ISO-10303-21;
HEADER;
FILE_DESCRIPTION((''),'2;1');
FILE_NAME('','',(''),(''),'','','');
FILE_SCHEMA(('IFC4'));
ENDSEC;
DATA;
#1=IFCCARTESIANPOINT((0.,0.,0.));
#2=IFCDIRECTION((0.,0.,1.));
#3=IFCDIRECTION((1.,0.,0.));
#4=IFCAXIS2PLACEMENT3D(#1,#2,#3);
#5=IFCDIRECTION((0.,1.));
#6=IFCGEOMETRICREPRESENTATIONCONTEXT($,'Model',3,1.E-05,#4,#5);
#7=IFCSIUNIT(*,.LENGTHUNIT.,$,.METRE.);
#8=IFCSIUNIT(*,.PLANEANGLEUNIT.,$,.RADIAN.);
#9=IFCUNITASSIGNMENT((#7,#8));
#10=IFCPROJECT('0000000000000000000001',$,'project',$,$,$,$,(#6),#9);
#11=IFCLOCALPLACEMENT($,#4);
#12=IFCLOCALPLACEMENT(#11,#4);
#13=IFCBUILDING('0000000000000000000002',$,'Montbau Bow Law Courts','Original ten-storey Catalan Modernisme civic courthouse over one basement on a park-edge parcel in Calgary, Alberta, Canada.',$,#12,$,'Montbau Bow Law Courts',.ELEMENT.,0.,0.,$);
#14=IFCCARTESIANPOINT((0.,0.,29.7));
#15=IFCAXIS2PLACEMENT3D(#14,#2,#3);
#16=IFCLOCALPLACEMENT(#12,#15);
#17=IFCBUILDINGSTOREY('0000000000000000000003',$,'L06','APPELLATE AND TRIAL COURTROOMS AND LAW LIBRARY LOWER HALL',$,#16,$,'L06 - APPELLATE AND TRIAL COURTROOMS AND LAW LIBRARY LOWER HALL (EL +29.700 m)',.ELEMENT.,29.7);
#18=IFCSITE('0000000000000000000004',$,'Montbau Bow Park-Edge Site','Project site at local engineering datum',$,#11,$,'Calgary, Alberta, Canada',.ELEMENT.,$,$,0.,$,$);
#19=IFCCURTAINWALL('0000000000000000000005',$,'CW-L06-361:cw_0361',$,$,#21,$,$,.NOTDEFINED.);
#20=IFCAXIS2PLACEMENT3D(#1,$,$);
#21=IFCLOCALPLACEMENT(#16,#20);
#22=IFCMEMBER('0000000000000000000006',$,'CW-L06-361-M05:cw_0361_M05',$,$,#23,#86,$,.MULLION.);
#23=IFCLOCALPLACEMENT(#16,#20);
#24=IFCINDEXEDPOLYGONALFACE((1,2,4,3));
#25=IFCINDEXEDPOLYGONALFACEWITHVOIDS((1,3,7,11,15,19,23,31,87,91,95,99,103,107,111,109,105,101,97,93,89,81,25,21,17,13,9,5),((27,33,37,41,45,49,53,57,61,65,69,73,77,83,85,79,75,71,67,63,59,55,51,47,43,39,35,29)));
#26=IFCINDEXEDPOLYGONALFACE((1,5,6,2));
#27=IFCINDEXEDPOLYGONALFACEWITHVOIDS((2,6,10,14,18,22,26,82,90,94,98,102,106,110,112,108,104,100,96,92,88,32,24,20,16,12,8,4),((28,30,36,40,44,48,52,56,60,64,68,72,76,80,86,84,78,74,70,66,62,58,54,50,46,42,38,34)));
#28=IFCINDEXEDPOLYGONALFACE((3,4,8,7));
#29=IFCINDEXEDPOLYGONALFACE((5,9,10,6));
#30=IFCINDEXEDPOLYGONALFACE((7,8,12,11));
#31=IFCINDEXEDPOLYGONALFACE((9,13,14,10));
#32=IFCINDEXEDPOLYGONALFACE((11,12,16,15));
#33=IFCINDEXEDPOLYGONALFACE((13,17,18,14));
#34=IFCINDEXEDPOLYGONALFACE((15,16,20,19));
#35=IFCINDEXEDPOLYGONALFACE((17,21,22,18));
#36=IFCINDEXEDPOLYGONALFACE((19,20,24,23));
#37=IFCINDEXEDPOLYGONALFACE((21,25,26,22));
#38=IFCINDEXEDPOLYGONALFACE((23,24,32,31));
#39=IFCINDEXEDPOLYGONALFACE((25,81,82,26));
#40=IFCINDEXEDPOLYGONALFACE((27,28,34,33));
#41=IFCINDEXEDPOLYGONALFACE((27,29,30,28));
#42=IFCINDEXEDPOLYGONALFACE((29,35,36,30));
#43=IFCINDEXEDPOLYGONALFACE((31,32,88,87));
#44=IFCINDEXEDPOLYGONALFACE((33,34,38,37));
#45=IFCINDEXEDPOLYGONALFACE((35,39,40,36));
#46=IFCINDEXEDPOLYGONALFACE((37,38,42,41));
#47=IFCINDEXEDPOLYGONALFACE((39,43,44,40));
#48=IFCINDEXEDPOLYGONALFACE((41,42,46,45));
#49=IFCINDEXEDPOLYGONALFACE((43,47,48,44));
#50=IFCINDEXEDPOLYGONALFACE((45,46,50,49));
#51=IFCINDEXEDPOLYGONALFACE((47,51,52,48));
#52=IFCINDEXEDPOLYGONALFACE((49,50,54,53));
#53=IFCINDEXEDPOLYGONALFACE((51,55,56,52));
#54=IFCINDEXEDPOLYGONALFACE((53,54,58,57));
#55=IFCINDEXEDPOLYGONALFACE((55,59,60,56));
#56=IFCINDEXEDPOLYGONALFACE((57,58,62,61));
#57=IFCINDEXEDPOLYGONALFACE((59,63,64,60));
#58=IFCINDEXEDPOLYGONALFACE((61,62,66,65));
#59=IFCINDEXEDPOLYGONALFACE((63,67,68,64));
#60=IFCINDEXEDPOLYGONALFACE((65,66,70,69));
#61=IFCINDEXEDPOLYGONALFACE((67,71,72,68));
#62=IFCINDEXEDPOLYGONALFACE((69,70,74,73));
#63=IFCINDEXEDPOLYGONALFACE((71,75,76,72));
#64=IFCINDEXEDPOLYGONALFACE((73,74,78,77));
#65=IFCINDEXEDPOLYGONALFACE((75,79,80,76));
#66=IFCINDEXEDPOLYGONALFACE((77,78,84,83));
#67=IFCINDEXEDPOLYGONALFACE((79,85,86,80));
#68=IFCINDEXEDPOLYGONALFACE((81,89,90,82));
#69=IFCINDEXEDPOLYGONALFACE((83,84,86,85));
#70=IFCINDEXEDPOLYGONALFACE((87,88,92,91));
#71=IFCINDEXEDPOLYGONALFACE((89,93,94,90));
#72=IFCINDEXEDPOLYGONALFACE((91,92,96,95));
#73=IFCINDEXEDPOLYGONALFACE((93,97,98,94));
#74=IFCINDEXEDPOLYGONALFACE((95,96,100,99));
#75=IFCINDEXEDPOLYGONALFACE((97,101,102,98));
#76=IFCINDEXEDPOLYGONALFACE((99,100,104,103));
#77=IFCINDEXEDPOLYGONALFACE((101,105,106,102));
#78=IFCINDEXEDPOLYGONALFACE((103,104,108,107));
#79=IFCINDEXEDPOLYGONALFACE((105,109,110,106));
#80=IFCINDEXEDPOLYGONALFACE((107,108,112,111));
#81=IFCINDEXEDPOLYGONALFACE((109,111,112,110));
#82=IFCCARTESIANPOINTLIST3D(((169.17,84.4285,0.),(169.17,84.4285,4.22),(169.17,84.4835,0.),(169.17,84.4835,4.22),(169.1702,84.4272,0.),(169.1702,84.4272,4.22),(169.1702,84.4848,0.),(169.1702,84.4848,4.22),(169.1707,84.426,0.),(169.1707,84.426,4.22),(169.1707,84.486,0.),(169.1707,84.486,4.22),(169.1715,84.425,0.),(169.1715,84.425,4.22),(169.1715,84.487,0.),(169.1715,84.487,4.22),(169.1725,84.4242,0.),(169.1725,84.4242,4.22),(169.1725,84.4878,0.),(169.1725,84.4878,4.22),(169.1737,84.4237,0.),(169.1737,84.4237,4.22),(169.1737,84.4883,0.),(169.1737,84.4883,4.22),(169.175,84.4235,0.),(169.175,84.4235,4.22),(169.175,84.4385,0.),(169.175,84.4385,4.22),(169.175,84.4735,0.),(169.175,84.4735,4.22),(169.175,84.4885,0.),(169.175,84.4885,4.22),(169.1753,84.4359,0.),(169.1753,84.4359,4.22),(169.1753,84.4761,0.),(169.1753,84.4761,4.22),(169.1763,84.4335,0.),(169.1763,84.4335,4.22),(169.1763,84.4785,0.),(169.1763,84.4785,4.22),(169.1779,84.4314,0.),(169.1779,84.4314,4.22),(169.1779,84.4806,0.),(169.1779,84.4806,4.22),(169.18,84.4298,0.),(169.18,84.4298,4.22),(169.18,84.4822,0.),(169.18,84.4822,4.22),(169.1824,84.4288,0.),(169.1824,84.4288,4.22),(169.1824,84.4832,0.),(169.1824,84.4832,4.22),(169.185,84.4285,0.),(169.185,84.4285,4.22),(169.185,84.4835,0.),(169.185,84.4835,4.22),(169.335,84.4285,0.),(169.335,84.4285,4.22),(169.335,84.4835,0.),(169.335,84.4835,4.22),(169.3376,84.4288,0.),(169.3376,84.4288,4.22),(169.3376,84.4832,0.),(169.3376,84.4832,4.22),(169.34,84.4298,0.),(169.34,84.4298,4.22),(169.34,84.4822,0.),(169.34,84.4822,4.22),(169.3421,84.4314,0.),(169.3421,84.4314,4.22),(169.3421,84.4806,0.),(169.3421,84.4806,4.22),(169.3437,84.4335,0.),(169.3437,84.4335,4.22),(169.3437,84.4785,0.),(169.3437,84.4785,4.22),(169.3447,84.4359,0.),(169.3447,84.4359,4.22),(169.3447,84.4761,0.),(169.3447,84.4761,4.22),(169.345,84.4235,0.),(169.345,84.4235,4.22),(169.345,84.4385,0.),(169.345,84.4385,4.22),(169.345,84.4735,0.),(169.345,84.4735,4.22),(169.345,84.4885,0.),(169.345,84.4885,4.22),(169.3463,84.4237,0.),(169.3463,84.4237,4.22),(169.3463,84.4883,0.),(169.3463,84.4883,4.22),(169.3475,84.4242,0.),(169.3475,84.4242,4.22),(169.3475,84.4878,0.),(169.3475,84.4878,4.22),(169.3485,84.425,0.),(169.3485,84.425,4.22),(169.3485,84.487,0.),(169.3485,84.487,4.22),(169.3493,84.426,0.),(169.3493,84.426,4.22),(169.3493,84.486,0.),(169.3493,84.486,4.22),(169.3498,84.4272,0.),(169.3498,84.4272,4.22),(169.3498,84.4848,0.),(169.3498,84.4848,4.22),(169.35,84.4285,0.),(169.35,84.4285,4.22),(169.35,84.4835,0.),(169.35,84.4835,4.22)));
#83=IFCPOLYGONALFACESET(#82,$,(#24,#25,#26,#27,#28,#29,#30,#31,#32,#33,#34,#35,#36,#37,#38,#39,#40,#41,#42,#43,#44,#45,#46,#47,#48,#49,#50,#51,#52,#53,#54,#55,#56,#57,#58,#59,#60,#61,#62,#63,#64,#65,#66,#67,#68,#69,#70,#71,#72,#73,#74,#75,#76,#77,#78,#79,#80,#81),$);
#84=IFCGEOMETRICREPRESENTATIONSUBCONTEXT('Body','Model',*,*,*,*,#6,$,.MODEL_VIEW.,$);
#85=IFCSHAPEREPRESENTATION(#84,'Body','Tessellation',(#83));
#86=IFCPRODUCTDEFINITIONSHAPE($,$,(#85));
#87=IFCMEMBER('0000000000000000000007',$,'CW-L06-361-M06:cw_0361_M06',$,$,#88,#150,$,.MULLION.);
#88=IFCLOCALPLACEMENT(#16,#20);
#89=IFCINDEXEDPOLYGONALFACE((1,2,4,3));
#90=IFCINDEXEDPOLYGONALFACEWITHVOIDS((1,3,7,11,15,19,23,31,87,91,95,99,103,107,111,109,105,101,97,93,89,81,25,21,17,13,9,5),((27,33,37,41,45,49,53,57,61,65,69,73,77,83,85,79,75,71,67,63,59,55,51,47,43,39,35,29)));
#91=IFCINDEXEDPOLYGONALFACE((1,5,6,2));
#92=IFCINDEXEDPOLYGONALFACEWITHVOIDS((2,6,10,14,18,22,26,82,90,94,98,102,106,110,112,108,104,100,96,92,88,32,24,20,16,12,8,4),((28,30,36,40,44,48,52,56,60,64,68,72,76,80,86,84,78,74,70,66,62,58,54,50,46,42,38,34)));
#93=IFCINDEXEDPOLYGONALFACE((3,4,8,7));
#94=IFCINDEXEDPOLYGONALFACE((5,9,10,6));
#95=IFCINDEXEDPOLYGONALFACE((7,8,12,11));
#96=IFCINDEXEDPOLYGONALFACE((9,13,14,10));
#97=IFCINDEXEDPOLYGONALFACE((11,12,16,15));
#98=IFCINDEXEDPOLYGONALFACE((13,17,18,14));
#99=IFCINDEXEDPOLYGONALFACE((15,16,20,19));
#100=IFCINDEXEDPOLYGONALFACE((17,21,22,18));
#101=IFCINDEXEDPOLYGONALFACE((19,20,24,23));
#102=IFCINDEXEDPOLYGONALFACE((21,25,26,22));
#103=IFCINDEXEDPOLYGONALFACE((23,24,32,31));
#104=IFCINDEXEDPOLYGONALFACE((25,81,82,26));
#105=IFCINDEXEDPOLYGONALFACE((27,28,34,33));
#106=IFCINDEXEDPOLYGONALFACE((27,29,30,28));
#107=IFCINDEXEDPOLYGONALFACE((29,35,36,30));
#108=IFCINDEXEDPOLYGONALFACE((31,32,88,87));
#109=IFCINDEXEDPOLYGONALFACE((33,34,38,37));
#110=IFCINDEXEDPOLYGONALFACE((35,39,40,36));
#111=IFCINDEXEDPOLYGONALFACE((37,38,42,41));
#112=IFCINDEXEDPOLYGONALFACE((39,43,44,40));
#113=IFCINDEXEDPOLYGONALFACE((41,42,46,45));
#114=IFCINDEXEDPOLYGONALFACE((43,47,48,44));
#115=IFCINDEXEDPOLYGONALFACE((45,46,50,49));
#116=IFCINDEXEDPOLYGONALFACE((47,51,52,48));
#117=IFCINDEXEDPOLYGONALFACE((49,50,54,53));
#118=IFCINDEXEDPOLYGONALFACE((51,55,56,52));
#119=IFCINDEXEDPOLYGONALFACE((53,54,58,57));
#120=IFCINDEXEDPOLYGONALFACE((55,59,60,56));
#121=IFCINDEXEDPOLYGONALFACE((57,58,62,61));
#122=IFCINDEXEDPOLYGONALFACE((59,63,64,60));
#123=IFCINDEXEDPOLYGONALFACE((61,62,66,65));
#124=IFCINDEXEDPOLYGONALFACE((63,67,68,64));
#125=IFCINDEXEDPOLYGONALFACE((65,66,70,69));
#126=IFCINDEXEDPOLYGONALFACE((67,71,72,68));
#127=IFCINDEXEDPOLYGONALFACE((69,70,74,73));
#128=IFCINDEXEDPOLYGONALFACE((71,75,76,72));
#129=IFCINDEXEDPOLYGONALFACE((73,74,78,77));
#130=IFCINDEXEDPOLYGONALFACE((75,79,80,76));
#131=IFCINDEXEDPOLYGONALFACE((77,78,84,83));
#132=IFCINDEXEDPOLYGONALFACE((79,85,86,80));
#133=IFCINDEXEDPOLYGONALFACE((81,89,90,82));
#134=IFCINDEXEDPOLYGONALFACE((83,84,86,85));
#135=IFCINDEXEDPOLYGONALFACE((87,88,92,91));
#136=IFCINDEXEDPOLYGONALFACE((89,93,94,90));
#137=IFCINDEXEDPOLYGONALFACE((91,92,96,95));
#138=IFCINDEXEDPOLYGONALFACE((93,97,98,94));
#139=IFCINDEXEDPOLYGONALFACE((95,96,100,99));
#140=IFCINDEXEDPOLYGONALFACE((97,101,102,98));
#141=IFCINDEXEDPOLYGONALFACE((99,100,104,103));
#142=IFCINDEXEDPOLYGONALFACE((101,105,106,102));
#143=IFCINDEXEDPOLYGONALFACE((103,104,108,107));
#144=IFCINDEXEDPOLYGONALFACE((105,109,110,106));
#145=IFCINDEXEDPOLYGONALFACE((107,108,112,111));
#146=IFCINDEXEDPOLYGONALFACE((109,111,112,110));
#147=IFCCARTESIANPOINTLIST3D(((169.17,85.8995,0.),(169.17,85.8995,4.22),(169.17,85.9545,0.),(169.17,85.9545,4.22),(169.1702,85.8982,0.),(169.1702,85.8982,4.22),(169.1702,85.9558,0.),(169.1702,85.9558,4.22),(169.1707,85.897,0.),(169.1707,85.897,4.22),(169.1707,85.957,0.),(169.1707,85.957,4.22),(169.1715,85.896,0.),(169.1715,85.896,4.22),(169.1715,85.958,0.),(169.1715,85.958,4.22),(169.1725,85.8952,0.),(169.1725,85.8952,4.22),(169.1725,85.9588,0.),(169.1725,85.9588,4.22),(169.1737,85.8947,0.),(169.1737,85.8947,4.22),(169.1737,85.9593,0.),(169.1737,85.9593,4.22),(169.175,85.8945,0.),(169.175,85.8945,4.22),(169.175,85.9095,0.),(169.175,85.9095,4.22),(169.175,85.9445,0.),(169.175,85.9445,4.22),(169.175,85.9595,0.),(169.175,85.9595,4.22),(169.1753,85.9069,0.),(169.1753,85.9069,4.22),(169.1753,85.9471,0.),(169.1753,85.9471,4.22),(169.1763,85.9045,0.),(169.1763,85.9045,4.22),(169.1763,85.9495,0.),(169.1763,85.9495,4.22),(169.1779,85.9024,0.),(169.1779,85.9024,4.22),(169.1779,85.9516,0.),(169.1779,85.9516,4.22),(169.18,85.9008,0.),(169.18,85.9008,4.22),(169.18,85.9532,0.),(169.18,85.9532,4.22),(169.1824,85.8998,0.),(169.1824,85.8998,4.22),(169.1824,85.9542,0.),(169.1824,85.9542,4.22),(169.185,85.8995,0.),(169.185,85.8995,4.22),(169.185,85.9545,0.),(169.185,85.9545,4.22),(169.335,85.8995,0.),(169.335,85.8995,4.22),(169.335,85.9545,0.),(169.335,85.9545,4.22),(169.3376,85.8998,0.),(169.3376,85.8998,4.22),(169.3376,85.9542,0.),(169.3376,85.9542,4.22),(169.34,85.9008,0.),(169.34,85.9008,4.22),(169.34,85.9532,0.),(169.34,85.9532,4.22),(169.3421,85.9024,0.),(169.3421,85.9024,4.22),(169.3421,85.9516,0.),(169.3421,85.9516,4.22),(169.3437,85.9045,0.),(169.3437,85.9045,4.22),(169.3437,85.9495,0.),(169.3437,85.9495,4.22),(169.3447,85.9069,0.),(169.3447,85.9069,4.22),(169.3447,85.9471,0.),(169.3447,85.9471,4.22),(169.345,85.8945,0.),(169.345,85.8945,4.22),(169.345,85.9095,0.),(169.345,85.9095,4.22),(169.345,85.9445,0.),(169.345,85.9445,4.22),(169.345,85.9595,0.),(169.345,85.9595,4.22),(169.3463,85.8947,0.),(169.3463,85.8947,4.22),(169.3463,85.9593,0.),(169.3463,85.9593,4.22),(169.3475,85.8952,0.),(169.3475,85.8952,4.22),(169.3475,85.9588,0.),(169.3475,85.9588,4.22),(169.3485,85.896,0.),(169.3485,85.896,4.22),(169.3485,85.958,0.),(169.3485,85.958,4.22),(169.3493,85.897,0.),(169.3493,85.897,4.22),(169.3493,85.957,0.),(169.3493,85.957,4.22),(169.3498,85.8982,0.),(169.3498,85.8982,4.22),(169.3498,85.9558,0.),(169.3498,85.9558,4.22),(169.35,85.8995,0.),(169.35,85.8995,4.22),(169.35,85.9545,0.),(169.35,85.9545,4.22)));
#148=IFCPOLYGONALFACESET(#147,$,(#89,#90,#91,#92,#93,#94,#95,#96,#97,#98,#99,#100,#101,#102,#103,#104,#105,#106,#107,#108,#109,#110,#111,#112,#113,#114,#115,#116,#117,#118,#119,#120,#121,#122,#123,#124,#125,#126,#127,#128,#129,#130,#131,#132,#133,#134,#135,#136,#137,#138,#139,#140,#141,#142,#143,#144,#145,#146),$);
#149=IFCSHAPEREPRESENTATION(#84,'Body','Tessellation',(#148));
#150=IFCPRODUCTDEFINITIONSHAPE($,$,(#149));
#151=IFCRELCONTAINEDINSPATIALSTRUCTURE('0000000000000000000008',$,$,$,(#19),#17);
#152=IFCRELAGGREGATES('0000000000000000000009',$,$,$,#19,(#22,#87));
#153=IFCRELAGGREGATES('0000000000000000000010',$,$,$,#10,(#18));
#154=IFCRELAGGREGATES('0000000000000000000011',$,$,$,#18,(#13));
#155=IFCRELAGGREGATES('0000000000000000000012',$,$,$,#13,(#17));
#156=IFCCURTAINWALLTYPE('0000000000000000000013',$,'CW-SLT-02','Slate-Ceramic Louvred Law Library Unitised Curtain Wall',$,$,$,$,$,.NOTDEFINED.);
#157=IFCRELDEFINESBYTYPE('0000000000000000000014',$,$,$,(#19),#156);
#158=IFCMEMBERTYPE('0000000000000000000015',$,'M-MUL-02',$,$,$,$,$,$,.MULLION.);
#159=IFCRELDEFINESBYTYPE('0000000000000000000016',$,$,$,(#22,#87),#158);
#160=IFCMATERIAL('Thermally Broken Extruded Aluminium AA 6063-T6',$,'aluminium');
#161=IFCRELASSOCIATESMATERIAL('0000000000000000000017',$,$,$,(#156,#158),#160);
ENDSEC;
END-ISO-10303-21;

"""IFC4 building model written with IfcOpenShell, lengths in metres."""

from ifc_helpers import new_model, si_unit, direction, frame, origin_with_axes, origin_2d_with_axis, place, context, subcontext, project, spatial, hollow_rectangle, extrude, material, material_profile, profile_set, type_object, element, aggregate, save


model = new_model("IFC4")

# Units and contexts
model_context = context("Model", 3, precision=1e-05, world=origin_with_axes(), true_north=direction((0.0, 1.0)))
body_context = subcontext(model_context, "Body", "Model", "MODEL_VIEW")
ifc_project = project(units=[si_unit("LENGTHUNIT", "METRE"), si_unit("PLANEANGLEUNIT", "RADIAN")], contexts=[model_context])

# Site, building, storey
site_placement = place(None, origin_with_axes())
site = spatial("IfcSite", under=ifc_project, at=site_placement, Name="Montbau Bow Park-Edge Site", Description="Project site at local engineering datum", LongName="Calgary, Alberta, Canada", CompositionType="ELEMENT", RefElevation=0.0)
building_placement = place(site_placement, origin_with_axes())
building = spatial("IfcBuilding", under=site, at=building_placement, Name="Montbau Bow Law Courts", Description="Original ten-storey Catalan Modernisme civic courthouse over one basement on a park-edge parcel in Calgary, Alberta, Canada.", LongName="Montbau Bow Law Courts", CompositionType="ELEMENT", ElevationOfRefHeight=0.0, ElevationOfTerrain=0.0)
storey_placement = place(building_placement, frame((0.0, 0.0, 29.7), z_axis=(0.0, 0.0, 1.0), x_axis=(1.0, 0.0, 0.0)))
storey = spatial("IfcBuildingStorey", under=building, at=storey_placement, Name="L06", Description="APPELLATE AND TRIAL COURTROOMS AND LAW LIBRARY LOWER HALL", LongName="L06 - APPELLATE AND TRIAL COURTROOMS AND LAW LIBRARY LOWER HALL (EL +29.700 m)", CompositionType="ELEMENT", Elevation=29.7)

# Curtain wall, members
ifc_material_1 = material(Name="Thermally Broken Extruded Aluminium AA 6063-T6", Category="aluminium")
curtain_wall_type = type_object("IfcCurtainWallType", Name="CW-SLT-02", Description="Slate-Ceramic Louvred Law Library Unitised Curtain Wall", PredefinedType="NOTDEFINED", material=ifc_material_1)
curtain_wall_1_placement = place(None, frame((169.26, 78.44, 29.7), z_axis=(0.0, 0.0, 1.0), x_axis=(1.0, 0.0, 0.0)))
curtain_wall_1 = element("IfcCurtainWall", 1, at=curtain_wall_1_placement, inside=storey, type_object=curtain_wall_type, Name="CW-L06-361:cw_0361", PredefinedType="NOTDEFINED")
ifc_material_profile_1 = material_profile(ifc_material_1, hollow_rectangle(XDim=0.065, YDim=0.18, WallThickness=0.005, InnerFilletRadius=0.01, OuterFilletRadius=0.005, at=origin_2d_with_axis()), Name="CWM-180X65", Category="Main", Priority=0)
ifc_profile_set_1 = profile_set([ifc_material_profile_1], Name="Thermally Broken Extruded Aluminium AA 6063-T6")
member_type_1 = type_object("IfcMemberType", Name="M-MUL-02", PredefinedType="MULLION", material=ifc_profile_set_1)
member_1_placement = place(None, frame((169.26, 84.456, 29.7), z_axis=(0.0, 0.0, 1.0), x_axis=(0.0, 1.0, 0.0)))
member_1 = element("IfcMember", 2, at=member_1_placement, type_object=member_type_1, Name="CW-L06-361-M05:cw_0361_M05", PredefinedType="MULLION", context=body_context, shape_type="SweptSolid", body=[
    extrude(hollow_rectangle(XDim=0.065, YDim=0.18, WallThickness=0.005, InnerFilletRadius=0.01, OuterFilletRadius=0.005, at=origin_2d_with_axis()), origin_with_axes(), (0.0, 0.0, 1.0), 4.22),
])
member_2_placement = place(None, frame((169.26, 85.927, 29.7), z_axis=(0.0, 0.0, 1.0), x_axis=(0.0, 1.0, 0.0)))
member_2 = element("IfcMember", 3, at=member_2_placement, type_object=member_type_1, Name="CW-L06-361-M06:cw_0361_M06", PredefinedType="MULLION", context=body_context, shape_type="SweptSolid", body=[
    extrude(hollow_rectangle(XDim=0.065, YDim=0.18, WallThickness=0.005, InnerFilletRadius=0.01, OuterFilletRadius=0.005, at=origin_2d_with_axis()), origin_with_axes(), (0.0, 0.0, 1.0), 4.22),
])

aggregate(curtain_wall_1, [member_1, member_2])

save(model, "model.ifc")
